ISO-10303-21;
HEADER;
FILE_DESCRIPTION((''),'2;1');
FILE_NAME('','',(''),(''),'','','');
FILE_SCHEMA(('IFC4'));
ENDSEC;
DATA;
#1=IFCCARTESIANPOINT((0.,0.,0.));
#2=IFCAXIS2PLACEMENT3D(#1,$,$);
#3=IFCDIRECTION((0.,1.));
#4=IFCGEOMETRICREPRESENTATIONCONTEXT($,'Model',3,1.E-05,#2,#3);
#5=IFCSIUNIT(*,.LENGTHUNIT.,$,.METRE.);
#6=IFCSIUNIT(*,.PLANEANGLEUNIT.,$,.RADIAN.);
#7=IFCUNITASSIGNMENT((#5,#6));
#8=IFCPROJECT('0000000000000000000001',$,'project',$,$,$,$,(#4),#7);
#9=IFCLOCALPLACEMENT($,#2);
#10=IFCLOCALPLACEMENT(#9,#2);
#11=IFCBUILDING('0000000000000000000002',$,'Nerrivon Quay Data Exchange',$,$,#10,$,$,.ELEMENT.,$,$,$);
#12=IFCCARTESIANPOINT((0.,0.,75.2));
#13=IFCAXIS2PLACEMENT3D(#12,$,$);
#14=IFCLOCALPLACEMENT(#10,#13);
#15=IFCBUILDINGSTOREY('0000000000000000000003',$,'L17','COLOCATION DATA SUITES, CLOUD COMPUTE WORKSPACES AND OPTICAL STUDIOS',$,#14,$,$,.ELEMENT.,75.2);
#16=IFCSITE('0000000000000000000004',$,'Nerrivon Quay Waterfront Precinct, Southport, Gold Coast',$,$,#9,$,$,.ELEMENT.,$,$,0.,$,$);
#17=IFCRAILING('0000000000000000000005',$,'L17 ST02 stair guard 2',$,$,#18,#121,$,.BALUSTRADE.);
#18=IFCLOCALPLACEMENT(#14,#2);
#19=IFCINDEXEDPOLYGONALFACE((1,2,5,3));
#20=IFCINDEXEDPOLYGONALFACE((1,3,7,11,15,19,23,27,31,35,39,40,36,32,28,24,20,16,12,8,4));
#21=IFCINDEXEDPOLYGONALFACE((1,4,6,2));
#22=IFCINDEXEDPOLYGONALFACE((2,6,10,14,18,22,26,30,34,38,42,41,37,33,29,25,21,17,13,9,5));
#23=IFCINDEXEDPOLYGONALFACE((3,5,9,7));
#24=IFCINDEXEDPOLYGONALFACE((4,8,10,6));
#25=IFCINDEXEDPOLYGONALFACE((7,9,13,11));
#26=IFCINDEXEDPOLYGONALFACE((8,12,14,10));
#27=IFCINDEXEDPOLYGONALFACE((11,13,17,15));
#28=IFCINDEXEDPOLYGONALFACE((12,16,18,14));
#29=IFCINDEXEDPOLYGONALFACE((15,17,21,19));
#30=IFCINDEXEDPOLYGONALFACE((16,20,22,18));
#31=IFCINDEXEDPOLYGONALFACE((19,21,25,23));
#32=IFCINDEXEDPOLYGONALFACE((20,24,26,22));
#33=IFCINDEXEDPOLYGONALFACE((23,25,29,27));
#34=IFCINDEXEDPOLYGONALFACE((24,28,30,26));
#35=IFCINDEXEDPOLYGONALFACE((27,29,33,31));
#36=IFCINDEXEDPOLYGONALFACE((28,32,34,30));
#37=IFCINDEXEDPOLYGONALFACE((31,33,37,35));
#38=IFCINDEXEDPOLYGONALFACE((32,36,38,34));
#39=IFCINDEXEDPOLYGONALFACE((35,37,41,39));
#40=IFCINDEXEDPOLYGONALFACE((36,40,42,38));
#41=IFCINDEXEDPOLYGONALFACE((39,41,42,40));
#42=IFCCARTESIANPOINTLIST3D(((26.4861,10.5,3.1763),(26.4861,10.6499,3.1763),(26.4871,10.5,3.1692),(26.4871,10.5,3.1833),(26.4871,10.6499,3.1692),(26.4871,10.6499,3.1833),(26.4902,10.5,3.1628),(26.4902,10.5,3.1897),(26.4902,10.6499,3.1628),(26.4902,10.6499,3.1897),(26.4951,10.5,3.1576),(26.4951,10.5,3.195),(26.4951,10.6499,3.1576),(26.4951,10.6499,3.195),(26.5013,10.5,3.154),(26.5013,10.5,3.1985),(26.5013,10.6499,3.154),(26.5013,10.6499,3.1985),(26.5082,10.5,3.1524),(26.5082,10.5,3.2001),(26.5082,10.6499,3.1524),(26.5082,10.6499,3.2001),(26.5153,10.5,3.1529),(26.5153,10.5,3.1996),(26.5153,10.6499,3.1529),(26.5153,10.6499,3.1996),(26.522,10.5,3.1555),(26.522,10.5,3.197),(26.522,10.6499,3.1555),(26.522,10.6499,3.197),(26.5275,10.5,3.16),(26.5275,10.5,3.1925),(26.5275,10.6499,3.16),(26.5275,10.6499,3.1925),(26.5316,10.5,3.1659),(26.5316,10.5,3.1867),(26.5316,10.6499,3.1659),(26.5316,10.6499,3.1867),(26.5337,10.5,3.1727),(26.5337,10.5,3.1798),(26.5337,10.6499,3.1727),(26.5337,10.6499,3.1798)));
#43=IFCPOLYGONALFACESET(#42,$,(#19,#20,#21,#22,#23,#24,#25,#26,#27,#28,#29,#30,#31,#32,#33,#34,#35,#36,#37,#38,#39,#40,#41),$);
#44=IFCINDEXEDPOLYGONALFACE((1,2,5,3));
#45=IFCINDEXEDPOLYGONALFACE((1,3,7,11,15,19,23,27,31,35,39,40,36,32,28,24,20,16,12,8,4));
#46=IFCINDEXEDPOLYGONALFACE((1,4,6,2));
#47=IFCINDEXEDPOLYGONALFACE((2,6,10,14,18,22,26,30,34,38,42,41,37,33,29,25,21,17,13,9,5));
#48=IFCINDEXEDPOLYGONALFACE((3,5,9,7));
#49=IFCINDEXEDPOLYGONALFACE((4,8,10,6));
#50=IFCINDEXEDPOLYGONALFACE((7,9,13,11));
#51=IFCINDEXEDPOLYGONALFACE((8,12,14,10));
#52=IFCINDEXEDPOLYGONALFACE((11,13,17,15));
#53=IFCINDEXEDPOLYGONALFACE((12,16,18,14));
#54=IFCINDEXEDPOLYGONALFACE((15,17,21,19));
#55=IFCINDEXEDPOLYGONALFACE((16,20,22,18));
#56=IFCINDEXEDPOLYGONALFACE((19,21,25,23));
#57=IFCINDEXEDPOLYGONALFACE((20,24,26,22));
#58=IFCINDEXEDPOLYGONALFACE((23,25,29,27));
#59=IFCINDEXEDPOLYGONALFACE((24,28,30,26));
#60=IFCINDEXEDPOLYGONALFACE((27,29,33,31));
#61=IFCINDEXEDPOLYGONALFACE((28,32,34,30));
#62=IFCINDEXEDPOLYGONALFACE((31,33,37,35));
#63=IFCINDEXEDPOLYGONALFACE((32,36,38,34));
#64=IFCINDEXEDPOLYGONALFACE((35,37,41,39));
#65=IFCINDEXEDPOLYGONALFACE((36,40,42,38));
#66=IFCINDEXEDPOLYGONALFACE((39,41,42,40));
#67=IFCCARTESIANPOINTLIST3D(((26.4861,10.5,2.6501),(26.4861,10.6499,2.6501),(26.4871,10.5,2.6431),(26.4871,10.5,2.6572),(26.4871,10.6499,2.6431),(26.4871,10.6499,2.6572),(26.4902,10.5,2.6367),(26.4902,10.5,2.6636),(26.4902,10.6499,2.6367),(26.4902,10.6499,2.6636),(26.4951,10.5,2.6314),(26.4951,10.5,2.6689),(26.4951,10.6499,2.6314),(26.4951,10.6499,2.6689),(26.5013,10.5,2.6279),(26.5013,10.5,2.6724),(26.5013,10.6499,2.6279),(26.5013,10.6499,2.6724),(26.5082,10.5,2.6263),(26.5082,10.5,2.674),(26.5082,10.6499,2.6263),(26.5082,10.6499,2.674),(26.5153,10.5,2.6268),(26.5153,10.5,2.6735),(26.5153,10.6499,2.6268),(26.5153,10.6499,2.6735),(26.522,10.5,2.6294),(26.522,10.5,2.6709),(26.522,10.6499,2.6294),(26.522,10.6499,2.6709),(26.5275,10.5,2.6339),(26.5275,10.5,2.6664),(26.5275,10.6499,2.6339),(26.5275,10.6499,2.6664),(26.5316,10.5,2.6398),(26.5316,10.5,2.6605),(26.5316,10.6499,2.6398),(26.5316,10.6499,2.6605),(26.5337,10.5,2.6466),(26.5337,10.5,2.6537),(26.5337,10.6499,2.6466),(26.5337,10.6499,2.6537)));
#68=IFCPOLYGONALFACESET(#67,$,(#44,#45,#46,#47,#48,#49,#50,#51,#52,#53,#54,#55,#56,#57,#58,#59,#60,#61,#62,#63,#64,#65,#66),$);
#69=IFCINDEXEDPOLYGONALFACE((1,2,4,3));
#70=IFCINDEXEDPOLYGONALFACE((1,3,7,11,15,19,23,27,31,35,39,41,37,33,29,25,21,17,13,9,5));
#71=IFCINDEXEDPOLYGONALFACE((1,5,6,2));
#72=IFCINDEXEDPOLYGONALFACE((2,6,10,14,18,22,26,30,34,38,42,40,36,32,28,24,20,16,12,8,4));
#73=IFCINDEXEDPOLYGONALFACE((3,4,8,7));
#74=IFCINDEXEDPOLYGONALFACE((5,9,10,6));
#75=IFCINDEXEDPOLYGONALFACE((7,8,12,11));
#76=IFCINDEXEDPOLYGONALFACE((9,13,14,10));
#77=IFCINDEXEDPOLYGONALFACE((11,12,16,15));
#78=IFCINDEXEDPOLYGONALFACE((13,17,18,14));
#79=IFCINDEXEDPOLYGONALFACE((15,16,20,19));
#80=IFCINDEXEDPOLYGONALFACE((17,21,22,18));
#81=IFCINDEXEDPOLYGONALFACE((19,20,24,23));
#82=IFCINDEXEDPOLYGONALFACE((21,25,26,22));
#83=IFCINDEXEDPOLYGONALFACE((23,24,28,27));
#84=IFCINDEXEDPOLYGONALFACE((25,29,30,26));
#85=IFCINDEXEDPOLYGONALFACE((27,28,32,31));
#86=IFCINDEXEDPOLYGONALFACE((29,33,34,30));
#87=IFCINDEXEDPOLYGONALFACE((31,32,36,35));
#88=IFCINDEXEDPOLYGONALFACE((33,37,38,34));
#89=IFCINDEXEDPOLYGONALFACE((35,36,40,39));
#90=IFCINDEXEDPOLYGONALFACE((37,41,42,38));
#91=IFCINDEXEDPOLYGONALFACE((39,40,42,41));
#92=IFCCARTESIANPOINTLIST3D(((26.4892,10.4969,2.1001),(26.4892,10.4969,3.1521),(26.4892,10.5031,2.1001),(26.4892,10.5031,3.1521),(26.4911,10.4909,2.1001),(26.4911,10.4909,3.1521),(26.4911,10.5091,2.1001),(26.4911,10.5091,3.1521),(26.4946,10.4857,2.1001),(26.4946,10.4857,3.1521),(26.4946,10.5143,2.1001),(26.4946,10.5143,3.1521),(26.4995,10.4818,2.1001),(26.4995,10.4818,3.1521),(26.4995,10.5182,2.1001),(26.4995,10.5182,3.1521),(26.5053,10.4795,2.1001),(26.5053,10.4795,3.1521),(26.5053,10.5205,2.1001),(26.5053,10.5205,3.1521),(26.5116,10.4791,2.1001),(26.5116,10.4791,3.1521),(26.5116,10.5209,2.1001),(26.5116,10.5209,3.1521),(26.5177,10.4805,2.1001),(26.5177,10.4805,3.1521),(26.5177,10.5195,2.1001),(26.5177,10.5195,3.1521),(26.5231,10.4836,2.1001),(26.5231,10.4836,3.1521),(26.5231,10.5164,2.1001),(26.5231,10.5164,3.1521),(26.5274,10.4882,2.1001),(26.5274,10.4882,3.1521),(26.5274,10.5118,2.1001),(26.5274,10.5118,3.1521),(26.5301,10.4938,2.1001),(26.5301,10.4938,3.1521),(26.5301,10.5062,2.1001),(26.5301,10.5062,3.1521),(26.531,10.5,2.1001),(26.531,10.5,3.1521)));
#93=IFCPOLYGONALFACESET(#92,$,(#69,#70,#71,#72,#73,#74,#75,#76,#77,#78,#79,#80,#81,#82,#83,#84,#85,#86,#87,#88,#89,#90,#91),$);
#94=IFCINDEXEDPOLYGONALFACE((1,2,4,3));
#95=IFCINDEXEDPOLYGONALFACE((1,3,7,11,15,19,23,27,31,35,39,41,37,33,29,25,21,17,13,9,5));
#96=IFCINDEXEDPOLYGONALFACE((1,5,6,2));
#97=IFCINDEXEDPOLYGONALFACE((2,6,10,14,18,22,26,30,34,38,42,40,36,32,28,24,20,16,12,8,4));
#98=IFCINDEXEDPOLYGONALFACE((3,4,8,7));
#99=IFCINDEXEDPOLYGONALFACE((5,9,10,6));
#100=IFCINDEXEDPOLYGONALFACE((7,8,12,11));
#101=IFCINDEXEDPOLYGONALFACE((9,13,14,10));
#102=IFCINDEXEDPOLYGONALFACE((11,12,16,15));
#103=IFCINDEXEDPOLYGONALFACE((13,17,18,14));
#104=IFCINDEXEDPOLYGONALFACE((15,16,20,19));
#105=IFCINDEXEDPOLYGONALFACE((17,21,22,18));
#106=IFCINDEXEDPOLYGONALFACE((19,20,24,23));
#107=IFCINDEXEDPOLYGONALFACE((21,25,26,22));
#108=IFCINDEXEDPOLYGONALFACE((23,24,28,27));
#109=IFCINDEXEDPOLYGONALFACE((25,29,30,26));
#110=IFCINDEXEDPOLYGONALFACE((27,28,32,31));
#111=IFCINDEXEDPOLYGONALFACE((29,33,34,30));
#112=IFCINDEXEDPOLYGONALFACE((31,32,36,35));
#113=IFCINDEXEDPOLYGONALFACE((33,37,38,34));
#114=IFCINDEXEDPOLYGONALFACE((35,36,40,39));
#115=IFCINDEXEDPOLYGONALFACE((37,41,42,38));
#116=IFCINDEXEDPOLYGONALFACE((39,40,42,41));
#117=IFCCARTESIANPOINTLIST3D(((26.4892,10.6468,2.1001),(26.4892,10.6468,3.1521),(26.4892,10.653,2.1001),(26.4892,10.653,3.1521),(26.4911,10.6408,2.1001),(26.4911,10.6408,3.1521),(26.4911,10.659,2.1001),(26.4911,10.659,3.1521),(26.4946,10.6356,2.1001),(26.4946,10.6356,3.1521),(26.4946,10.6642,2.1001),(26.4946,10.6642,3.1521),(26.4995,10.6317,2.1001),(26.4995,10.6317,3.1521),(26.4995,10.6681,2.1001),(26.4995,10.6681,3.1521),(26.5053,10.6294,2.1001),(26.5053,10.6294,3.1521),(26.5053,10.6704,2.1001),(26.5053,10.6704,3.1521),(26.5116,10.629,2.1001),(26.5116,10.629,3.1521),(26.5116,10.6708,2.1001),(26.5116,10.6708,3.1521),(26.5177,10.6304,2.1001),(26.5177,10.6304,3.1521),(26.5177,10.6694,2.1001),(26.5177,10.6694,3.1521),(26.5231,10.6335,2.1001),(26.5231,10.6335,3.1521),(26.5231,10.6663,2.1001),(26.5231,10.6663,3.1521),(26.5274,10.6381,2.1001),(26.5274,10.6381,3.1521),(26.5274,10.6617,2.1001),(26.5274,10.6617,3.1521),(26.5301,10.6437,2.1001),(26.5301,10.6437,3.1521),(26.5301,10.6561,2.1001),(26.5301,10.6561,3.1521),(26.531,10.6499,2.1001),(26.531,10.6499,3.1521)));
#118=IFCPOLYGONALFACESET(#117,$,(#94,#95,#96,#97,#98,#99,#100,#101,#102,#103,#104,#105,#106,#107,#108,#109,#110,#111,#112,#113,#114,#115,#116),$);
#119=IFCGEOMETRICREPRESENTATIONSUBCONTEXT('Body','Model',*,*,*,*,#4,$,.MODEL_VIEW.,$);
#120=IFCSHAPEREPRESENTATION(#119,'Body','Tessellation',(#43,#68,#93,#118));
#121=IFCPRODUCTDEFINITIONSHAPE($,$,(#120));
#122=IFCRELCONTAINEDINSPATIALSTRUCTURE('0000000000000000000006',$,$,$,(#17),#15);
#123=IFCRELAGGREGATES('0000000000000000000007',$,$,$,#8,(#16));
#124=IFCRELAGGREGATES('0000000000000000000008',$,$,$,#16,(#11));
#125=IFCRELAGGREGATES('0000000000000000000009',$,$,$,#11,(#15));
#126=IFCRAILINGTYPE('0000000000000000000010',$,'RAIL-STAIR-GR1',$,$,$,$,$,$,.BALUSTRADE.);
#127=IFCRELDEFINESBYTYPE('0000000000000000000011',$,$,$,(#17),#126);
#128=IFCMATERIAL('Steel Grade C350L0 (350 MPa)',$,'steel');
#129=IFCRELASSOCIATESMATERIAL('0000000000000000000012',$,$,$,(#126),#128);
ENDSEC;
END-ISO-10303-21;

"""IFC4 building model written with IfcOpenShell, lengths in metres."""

from ifc_helpers import new_model, si_unit, direction, frame, origin, origin_2d, place, context, subcontext, project, spatial, circle, extrude, material, type_object, element, save


model = new_model("IFC4")

# Units and contexts
model_context = context("Model", 3, precision=1e-05, world=origin(), true_north=direction((0.0, 1.0)))
body_context = subcontext(model_context, "Body", "Model", "MODEL_VIEW")
ifc_project = project(units=[si_unit("LENGTHUNIT", "METRE"), si_unit("PLANEANGLEUNIT", "RADIAN")], contexts=[model_context])

# Site, building, storey
site_placement = place(None, origin())
site = spatial("IfcSite", under=ifc_project, at=site_placement, Name="Nerrivon Quay Waterfront Precinct, Southport, Gold Coast", CompositionType="ELEMENT", RefElevation=0.0)
building_placement = place(site_placement, origin())
building = spatial("IfcBuilding", under=site, at=building_placement, Name="Nerrivon Quay Data Exchange", CompositionType="ELEMENT")
storey_placement = place(building_placement, frame((0.0, 0.0, 75.2)))
storey = spatial("IfcBuildingStorey", under=building, at=storey_placement, Name="L17", Description="COLOCATION DATA SUITES, CLOUD COMPUTE WORKSPACES AND OPTICAL STUDIOS", CompositionType="ELEMENT", Elevation=75.2)

# Railing
ifc_material_1 = material(Name="Steel Grade C350L0 (350 MPa)", Category="steel")
railing_type_1 = type_object("IfcRailingType", Name="RAIL-STAIR-GR1", PredefinedType="BALUSTRADE", material=ifc_material_1)
railing_1_placement = place(storey_placement, frame((26.51, 10.5, 2.1001)))
element("IfcRailing", 1, at=railing_1_placement, inside=storey, type_object=railing_type_1, Name="L17 ST02 stair guard 2", PredefinedType="BALUSTRADE", context=body_context, shape_type="SweptSolid", body=[
    extrude(circle(Radius=0.0239, at=origin_2d()), frame((0.0, 0.0, 1.0762), z_axis=(0.0, 1.0, 0.0), x_axis=(-1.0, 0.0, 0.0)), (0.0, 0.0, 1.0), 0.1499),
    extrude(circle(Radius=0.0239, at=origin_2d()), frame((0.0, 0.0, 0.55), z_axis=(0.0, 1.0, 0.0), x_axis=(-1.0, 0.0, 0.0)), (0.0, 0.0, 1.0), 0.1499),
    extrude(circle(Radius=0.021, at=origin_2d()), origin(), (0.0, 0.0, 1.0), 1.052),
    extrude(circle(Radius=0.021, at=origin_2d()), frame((0.0, 0.1499, 0.0)), (0.0, 0.0, 1.0), 1.052),
])

save(model, "model.ifc")
